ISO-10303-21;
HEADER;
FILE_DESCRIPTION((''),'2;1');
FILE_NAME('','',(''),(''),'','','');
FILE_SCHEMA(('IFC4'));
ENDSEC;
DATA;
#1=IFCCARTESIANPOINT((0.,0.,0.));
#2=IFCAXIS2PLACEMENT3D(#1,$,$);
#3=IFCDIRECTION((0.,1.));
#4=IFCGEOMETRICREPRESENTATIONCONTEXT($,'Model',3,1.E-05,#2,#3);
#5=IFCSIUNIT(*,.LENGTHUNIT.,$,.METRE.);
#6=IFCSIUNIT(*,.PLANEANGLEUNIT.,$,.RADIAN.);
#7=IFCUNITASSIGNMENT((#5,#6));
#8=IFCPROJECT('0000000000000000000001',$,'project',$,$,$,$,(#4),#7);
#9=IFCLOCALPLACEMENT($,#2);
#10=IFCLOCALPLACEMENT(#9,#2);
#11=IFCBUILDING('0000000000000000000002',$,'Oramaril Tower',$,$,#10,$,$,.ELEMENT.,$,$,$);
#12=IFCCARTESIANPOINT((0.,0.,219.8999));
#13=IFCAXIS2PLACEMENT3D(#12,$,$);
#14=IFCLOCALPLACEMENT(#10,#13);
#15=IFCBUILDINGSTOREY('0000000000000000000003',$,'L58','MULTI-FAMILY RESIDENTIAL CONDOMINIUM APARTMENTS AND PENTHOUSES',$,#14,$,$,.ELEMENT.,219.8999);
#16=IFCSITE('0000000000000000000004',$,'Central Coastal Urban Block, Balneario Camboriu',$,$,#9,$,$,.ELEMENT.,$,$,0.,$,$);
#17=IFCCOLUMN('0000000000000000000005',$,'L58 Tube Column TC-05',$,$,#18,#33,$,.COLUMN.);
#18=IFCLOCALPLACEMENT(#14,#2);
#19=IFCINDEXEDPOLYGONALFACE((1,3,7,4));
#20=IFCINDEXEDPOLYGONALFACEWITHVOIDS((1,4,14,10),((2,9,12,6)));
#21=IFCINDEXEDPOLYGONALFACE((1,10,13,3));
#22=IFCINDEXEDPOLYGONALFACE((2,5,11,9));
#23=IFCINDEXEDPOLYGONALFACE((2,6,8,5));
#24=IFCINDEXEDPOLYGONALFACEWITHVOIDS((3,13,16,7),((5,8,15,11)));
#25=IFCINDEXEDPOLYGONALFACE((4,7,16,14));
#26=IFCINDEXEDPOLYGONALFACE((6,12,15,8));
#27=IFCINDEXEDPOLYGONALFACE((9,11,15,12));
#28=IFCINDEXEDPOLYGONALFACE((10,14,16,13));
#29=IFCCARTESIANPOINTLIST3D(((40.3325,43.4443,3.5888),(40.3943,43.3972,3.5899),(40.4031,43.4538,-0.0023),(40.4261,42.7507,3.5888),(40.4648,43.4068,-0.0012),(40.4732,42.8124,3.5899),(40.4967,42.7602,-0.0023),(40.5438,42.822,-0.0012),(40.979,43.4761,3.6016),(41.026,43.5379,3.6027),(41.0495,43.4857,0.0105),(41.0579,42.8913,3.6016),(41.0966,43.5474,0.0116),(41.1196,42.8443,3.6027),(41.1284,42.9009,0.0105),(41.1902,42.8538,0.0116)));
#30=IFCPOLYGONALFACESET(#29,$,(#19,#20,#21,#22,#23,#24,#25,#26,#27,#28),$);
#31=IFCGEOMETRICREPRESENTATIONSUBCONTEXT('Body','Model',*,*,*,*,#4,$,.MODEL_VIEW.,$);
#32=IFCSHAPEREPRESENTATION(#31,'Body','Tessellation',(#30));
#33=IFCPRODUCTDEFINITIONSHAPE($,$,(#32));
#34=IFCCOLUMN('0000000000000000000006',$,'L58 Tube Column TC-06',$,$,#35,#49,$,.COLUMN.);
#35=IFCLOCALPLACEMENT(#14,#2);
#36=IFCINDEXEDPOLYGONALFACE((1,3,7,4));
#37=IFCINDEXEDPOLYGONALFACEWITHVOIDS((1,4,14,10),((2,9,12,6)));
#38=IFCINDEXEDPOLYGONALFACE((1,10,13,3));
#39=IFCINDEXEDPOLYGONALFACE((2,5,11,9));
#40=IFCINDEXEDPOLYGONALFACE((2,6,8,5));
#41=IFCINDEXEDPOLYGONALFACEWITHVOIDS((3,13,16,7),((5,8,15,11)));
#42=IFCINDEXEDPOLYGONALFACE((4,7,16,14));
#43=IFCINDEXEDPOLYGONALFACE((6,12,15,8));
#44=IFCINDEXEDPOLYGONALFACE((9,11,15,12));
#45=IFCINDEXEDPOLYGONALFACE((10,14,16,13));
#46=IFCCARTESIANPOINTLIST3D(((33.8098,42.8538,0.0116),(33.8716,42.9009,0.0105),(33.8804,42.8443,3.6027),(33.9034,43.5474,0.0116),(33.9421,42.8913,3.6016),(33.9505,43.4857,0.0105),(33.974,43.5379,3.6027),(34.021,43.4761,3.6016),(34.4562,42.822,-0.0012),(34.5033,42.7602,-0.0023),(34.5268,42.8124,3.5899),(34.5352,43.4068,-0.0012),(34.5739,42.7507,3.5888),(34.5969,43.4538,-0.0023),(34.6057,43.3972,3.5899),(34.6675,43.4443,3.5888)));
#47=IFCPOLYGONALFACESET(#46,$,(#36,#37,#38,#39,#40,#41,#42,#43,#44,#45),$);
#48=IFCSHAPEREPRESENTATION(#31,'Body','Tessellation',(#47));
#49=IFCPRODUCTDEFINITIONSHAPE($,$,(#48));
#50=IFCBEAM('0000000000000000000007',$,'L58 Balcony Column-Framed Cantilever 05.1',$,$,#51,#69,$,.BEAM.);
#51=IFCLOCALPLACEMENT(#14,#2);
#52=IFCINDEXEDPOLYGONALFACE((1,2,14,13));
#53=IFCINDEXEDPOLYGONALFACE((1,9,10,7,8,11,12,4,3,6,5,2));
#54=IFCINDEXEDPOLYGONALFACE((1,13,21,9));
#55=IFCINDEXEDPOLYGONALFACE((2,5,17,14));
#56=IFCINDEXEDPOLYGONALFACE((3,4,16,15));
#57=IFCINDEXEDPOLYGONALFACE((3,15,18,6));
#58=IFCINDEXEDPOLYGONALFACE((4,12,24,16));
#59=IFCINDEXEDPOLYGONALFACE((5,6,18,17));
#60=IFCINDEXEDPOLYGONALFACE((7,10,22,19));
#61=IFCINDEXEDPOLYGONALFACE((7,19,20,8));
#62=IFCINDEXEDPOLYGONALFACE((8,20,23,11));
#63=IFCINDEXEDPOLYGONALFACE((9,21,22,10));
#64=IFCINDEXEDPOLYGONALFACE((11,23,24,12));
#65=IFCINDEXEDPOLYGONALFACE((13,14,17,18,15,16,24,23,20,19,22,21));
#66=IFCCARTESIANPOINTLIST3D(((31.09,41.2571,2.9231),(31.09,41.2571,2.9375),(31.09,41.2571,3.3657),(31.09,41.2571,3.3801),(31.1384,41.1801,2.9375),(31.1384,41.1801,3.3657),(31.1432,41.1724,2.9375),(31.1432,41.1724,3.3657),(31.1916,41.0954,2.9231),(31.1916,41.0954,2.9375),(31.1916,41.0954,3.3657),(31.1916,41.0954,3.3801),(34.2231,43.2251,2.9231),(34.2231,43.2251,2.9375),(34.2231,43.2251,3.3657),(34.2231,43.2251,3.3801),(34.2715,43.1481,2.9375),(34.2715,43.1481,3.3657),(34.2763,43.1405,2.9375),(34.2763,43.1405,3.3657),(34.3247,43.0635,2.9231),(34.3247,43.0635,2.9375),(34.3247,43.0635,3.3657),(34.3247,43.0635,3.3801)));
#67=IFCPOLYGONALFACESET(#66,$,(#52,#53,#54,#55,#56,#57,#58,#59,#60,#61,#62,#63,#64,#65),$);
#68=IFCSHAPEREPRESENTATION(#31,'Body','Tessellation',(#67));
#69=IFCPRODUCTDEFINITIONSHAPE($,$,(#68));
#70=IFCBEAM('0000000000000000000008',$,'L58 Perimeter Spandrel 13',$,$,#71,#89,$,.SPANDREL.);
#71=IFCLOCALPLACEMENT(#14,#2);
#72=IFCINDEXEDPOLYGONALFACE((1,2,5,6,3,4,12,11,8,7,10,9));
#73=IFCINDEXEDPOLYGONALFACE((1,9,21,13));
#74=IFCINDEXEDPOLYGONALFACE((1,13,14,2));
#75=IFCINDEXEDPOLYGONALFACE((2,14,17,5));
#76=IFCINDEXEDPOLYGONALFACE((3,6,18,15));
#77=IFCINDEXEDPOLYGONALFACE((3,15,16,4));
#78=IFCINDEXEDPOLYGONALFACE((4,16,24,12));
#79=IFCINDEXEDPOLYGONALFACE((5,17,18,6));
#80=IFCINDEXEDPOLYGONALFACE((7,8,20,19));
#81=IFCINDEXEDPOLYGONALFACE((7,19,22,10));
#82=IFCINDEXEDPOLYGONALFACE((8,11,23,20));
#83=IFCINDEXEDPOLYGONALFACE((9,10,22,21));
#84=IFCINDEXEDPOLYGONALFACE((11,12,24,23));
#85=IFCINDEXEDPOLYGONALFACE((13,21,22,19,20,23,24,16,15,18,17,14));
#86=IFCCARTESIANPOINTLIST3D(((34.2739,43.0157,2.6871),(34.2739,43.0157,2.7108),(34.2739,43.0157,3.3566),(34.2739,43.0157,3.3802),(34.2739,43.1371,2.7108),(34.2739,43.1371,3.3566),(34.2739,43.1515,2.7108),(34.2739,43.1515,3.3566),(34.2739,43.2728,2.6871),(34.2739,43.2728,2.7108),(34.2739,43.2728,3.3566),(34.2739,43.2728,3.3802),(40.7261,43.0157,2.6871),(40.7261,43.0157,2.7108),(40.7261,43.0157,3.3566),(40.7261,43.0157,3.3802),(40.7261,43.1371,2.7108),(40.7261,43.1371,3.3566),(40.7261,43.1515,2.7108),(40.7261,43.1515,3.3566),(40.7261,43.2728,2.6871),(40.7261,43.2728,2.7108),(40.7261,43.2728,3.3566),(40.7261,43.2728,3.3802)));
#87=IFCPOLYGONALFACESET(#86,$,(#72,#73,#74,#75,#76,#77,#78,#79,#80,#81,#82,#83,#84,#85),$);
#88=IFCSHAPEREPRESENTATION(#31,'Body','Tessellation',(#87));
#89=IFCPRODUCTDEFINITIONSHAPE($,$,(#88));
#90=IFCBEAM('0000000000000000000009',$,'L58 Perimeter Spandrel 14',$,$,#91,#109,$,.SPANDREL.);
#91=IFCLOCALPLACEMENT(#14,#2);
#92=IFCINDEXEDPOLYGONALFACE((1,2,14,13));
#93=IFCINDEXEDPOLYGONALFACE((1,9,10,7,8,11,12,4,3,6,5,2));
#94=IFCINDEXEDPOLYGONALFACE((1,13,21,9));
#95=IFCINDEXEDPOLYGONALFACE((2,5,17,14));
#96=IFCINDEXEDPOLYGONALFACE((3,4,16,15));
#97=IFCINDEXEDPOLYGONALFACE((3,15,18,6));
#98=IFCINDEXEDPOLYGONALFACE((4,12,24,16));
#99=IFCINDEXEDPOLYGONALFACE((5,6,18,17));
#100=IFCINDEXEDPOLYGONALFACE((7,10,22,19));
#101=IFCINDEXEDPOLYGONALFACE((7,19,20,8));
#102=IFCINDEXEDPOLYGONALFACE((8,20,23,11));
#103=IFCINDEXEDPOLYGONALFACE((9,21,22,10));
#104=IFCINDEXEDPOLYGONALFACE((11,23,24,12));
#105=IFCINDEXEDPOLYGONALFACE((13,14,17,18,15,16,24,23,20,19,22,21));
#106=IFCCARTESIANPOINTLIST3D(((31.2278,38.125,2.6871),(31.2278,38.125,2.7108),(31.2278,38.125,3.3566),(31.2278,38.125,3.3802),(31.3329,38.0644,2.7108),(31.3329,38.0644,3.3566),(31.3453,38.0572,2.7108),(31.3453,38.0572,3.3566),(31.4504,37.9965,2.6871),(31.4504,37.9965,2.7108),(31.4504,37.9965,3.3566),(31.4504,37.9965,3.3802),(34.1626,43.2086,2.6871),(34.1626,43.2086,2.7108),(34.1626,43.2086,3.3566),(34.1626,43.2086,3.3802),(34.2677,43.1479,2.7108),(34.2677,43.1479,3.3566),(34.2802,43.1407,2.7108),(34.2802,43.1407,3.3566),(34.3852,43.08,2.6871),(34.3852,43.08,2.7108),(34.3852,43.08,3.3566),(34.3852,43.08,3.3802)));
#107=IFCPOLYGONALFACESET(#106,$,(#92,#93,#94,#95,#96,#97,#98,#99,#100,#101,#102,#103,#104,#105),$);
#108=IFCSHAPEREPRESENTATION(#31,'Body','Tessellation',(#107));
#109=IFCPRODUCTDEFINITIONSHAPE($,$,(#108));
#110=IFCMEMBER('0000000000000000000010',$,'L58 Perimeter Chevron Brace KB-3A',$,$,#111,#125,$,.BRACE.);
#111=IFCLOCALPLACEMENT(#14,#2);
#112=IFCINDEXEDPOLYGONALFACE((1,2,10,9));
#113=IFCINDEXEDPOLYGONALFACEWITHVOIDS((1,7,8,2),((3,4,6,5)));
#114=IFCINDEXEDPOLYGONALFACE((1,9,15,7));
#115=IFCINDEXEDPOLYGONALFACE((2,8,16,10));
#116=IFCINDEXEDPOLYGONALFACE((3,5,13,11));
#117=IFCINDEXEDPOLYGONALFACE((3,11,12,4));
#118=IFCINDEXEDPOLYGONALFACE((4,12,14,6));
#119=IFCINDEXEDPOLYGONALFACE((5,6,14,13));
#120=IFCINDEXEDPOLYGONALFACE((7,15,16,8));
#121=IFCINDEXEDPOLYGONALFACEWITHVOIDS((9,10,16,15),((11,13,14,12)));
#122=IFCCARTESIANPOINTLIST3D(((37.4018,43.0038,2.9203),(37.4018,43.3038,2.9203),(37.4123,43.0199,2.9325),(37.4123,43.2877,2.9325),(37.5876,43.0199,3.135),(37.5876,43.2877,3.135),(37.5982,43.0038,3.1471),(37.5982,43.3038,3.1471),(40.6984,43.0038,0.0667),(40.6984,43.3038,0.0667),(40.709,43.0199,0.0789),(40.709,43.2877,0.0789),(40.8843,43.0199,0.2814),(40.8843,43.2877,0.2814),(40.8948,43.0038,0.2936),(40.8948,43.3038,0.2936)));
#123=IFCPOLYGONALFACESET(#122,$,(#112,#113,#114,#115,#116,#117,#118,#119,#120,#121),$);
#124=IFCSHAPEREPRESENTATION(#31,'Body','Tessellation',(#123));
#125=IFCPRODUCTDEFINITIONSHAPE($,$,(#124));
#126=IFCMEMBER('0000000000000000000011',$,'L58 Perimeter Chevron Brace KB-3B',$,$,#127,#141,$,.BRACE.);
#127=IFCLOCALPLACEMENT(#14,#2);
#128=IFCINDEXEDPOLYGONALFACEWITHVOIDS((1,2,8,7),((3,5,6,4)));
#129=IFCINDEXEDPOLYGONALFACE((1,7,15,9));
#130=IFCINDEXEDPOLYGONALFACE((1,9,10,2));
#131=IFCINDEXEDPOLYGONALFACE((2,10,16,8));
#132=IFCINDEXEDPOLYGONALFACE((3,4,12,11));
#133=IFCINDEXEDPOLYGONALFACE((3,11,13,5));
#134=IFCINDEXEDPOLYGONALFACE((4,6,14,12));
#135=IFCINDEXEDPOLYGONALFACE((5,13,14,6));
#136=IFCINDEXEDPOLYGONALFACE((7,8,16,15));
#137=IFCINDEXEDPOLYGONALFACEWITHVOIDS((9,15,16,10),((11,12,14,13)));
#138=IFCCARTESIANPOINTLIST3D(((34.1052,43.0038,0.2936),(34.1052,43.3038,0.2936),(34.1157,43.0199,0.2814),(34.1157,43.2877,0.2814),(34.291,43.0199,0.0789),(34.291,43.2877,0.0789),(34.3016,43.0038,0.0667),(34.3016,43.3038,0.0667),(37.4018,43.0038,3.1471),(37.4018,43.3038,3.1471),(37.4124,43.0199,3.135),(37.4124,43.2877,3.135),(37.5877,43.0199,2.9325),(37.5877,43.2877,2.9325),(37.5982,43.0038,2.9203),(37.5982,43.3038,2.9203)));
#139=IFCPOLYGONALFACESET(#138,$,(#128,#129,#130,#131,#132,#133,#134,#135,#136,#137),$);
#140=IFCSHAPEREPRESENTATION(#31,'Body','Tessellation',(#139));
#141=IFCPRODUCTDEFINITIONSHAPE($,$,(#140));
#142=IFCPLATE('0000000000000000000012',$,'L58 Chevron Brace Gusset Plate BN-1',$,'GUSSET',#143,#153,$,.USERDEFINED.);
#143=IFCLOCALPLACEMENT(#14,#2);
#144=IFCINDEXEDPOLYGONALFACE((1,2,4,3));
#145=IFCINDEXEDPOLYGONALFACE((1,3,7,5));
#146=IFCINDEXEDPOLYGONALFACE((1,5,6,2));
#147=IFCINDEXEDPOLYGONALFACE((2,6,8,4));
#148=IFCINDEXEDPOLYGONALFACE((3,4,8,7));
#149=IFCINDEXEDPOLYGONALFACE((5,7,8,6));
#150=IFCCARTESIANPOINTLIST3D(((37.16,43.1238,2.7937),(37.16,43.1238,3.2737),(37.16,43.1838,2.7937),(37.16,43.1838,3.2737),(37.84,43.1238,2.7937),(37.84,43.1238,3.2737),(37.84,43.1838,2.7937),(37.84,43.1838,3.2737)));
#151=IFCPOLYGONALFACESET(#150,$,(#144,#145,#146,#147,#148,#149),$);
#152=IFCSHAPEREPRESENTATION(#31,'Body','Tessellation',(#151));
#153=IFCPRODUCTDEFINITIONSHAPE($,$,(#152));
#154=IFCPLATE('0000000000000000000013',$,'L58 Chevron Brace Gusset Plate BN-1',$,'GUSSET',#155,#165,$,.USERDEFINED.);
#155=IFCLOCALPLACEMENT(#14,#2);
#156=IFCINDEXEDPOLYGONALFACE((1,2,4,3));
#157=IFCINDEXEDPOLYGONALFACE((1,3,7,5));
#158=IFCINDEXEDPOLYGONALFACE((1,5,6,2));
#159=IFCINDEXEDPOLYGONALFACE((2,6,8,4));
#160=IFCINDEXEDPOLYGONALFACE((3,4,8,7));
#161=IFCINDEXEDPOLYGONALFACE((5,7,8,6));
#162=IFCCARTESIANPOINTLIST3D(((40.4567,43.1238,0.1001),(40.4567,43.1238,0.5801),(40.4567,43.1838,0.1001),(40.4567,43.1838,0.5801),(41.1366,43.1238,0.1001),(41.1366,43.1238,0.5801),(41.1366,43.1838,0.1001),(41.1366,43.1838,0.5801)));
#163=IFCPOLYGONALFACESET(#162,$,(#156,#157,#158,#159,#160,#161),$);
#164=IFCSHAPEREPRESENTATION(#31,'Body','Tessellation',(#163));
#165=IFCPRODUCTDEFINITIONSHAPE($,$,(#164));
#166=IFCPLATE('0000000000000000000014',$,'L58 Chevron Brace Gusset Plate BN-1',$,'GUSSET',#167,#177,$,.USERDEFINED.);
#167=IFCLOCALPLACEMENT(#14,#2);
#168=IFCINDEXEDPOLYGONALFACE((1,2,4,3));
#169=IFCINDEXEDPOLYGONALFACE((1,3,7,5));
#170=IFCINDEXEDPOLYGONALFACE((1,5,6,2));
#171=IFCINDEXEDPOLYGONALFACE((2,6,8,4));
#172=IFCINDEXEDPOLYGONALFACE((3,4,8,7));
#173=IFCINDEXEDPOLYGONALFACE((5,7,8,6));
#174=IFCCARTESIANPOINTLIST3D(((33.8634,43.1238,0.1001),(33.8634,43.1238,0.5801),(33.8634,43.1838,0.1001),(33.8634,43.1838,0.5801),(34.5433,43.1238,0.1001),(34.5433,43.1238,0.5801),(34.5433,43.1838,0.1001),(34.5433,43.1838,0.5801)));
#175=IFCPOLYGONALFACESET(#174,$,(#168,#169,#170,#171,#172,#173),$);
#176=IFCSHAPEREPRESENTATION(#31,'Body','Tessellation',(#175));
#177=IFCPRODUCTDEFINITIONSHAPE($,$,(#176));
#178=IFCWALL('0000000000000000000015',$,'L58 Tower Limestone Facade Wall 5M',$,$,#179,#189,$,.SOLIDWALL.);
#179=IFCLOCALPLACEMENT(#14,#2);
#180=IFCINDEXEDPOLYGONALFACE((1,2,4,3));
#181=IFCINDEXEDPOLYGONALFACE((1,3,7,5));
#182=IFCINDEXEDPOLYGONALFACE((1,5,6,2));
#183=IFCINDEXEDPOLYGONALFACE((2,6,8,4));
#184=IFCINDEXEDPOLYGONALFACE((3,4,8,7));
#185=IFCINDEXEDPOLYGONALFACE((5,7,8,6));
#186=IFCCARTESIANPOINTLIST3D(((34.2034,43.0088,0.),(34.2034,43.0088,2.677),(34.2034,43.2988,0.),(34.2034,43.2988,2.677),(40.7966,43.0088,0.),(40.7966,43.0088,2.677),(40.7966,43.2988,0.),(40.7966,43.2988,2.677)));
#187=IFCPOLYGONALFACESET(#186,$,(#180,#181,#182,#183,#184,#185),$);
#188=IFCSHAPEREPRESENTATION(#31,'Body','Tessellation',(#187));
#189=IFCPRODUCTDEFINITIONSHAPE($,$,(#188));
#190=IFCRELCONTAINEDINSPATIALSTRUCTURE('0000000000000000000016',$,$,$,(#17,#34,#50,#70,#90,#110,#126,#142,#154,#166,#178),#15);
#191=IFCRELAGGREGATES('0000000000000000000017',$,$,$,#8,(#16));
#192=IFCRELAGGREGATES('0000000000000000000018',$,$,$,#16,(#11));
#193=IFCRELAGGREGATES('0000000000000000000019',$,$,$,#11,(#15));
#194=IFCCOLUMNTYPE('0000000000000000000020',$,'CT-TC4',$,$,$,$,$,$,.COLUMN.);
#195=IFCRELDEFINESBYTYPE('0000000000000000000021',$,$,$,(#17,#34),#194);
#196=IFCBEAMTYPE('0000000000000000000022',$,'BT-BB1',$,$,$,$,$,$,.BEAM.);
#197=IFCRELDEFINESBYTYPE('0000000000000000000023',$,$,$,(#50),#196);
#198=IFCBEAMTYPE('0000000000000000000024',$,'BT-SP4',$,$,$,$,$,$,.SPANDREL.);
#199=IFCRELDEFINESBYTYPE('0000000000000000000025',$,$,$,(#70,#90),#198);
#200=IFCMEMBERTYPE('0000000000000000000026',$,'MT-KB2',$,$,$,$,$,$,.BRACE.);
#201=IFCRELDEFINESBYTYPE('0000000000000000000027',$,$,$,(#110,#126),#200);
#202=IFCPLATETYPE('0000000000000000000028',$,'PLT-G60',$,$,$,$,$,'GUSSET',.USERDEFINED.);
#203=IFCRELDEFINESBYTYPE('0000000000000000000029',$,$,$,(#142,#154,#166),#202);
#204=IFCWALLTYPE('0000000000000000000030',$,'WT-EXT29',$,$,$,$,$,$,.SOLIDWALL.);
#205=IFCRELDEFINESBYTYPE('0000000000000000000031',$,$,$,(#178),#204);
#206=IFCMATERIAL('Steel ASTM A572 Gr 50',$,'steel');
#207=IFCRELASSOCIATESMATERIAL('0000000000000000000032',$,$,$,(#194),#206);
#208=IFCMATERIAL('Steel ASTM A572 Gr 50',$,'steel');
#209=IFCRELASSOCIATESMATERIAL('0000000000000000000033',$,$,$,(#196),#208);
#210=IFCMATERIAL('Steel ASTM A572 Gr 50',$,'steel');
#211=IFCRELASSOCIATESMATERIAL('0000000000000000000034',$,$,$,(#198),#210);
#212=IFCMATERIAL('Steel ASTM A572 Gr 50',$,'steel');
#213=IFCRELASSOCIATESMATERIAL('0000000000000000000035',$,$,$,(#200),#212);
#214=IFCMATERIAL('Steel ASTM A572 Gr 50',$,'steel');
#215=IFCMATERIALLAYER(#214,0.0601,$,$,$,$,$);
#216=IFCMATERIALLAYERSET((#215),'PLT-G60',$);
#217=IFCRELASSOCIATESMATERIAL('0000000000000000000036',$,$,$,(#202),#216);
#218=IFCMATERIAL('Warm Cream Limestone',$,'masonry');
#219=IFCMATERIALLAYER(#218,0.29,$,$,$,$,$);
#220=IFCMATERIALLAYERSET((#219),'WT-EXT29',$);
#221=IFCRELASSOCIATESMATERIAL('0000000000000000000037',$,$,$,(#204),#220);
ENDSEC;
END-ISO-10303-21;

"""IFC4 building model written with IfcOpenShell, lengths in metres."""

from ifc_helpers import new_model, si_unit, direction, frame, frame_2d, origin, origin_2d, place, context, subcontext, project, spatial, rectangle, hollow_rectangle, i_section, extrude, material, layer, layer_set, material_profile, profile_set, type_object, element, save


model = new_model("IFC4")

# Units and contexts
model_context = context("Model", 3, precision=1e-05, world=origin(), true_north=direction((0.0, 1.0)))
body_context = subcontext(model_context, "Body", "Model", "MODEL_VIEW")
ifc_project = project(units=[si_unit("LENGTHUNIT", "METRE"), si_unit("PLANEANGLEUNIT", "RADIAN")], contexts=[model_context])

# Site, building, storey
site_placement = place(None, origin())
site = spatial("IfcSite", under=ifc_project, at=site_placement, Name="Central Coastal Urban Block, Balneario Camboriu", CompositionType="ELEMENT", RefElevation=0.0)
building_placement = place(site_placement, origin())
building = spatial("IfcBuilding", under=site, at=building_placement, Name="Oramaril Tower", CompositionType="ELEMENT")
storey_placement = place(building_placement, frame((0.0, 0.0, 219.8999)))
storey = spatial("IfcBuildingStorey", under=building, at=storey_placement, Name="L58", Description="MULTI-FAMILY RESIDENTIAL CONDOMINIUM APARTMENTS AND PENTHOUSES", CompositionType="ELEMENT", Elevation=219.8999)

# Columns
ifc_material_1 = material(Name="Steel ASTM A572 Gr 50", Category="steel")
ifc_material_profile_1 = material_profile(ifc_material_1, hollow_rectangle(XDim=0.7, YDim=0.7, WallThickness=0.0549, at=origin_2d()), Name="BOX700X700X55")
ifc_profile_set_1 = profile_set([ifc_material_profile_1], Name="Steel ASTM A572 Gr 50")
column_type = type_object("IfcColumnType", Name="CT-TC4", PredefinedType="COLUMN", material=ifc_profile_set_1)
for number, where, z_axis, x_axis, name in (
    (1, (40.7966, 43.1538, 0.0046), (-0.019644, -0.002651, 0.999804), (0.133736, -0.991017, 0.0), "L58 Tube Column TC-05"),
    (2, (34.2034, 43.1538, 0.0046), (0.019644, -0.002651, 0.999804), (0.133736, 0.991017, 0.0), "L58 Tube Column TC-06"),
):
    element("IfcColumn", number, at=place(storey_placement, frame(where, z_axis=z_axis, x_axis=x_axis)), inside=storey, type_object=column_type, Name=name, PredefinedType="COLUMN", context=body_context, shape_type="SweptSolid", body=[
        extrude(hollow_rectangle(XDim=0.7, YDim=0.7, WallThickness=0.0549, at=origin_2d()), origin(), (0.0, 0.0, 1.0), 3.5918),
    ])

# Beams
ifc_material_2 = material(Name="Steel ASTM A572 Gr 50", Category="steel")
ifc_material_profile_2 = material_profile(ifc_material_2, i_section(OverallWidth=0.1909, OverallDepth=0.457, WebThickness=0.009, FlangeThickness=0.0144, at=origin_2d()), Name="W18X50")
ifc_profile_set_2 = profile_set([ifc_material_profile_2], Name="Steel ASTM A572 Gr 50")
beam_type_1 = type_object("IfcBeamType", Name="BT-BB1", PredefinedType="BEAM", material=ifc_profile_set_2)
beam_1_placement = place(storey_placement, frame((34.2739, 43.1443, 3.1516), z_axis=(-0.846799, -0.531913, 0.0), x_axis=(0.531913, -0.846799, 0.0)))
element("IfcBeam", 3, at=beam_1_placement, inside=storey, type_object=beam_type_1, Name="L58 Balcony Column-Framed Cantilever 05.1", PredefinedType="BEAM", context=body_context, shape_type="SweptSolid", body=[
    extrude(i_section(OverallWidth=0.1909, OverallDepth=0.457, WebThickness=0.009, FlangeThickness=0.0144, at=origin_2d()), origin(), (0.0, 0.0, 1.0), 3.7),
])
ifc_material_3 = material(Name="Steel ASTM A572 Gr 50", Category="steel")
ifc_material_profile_3 = material_profile(ifc_material_3, i_section(OverallWidth=0.2571, OverallDepth=0.6931, WebThickness=0.0144, FlangeThickness=0.0237, at=origin_2d()), Name="W27X114")
ifc_profile_set_3 = profile_set([ifc_material_profile_3], Name="Steel ASTM A572 Gr 50")
beam_type_2 = type_object("IfcBeamType", Name="BT-SP4", PredefinedType="SPANDREL", material=ifc_profile_set_3)
beam_2_placement = place(storey_placement, frame((40.7261, 43.1443, 3.0337), z_axis=(-1.0, 0.0, 0.0), x_axis=(0.0, -1.0, 0.0)))
element("IfcBeam", 4, at=beam_2_placement, inside=storey, type_object=beam_type_2, Name="L58 Perimeter Spandrel 13", PredefinedType="SPANDREL", context=body_context, shape_type="SweptSolid", body=[
    extrude(i_section(OverallWidth=0.2571, OverallDepth=0.6931, WebThickness=0.0144, FlangeThickness=0.0237, at=origin_2d()), origin(), (0.0, 0.0, 1.0), 6.4521),
])
beam_3_placement = place(storey_placement, frame((34.2739, 43.1443, 3.0337), z_axis=(-0.499982, -0.866036, 0.0), x_axis=(0.866036, -0.499982, 0.0)))
element("IfcBeam", 5, at=beam_3_placement, inside=storey, type_object=beam_type_2, Name="L58 Perimeter Spandrel 14", PredefinedType="SPANDREL", context=body_context, shape_type="SweptSolid", body=[
    extrude(i_section(OverallWidth=0.2571, OverallDepth=0.6931, WebThickness=0.0144, FlangeThickness=0.0237, at=origin_2d()), origin(), (0.0, 0.0, 1.0), 5.8699),
])

# Members
ifc_material_4 = material(Name="Steel ASTM A572 Gr 50", Category="steel")
ifc_material_profile_4 = material_profile(ifc_material_4, hollow_rectangle(XDim=0.3, YDim=0.3, WallThickness=0.0161, at=origin_2d()), Name="HSS300X300X16")
ifc_profile_set_4 = profile_set([ifc_material_profile_4], Name="Steel ASTM A572 Gr 50")
member_type = type_object("IfcMemberType", Name="MT-KB2", PredefinedType="BRACE", material=ifc_profile_set_4)
for number, where, z_axis, x_axis, name in (
    (6, (40.7966, 43.1538, 0.1802), (-0.756094, 0.0, 0.654464), (0.0, -1.0, 0.0), "L58 Perimeter Chevron Brace KB-3A"),
    (7, (34.2034, 43.1538, 0.1802), (0.756094, 0.0, 0.654464), (0.0, 1.0, 0.0), "L58 Perimeter Chevron Brace KB-3B"),
):
    element("IfcMember", number, at=place(storey_placement, frame(where, z_axis=z_axis, x_axis=x_axis)), inside=storey, type_object=member_type, Name=name, PredefinedType="BRACE", context=body_context, shape_type="SweptSolid", body=[
        extrude(hollow_rectangle(XDim=0.3, YDim=0.3, WallThickness=0.0161, at=origin_2d()), origin(), (0.0, 0.0, 1.0), 4.3601),
    ])

# Plates
ifc_material_5 = material(Name="Steel ASTM A572 Gr 50", Category="steel")
ifc_layer_1 = layer(ifc_material_5, 0.0601)
ifc_layer_set_1 = layer_set([ifc_layer_1], Name="PLT-G60")
plate_type = type_object("IfcPlateType", Name="PLT-G60", ElementType="GUSSET", PredefinedType="USERDEFINED", material=ifc_layer_set_1)
for number, where, z_axis, x_axis, name in (
    (8, (37.5, 43.1538, 2.7937), (0.0, 0.0, 1.0), (-1.0, 0.0, 0.0), "L58 Chevron Brace Gusset Plate BN-1"),
    (9, (40.7966, 43.1538, 0.1001), (0.0, 0.0, 1.0), (-1.0, 0.0, 0.0), "L58 Chevron Brace Gusset Plate BN-1"),
    (10, (34.2034, 43.1538, 0.1001), (0.0, 0.0, 1.0), (-1.0, 0.0, 0.0), "L58 Chevron Brace Gusset Plate BN-1"),
):
    element("IfcPlate", number, at=place(storey_placement, frame(where, z_axis=z_axis, x_axis=x_axis)), inside=storey, type_object=plate_type, Name=name, ObjectType="GUSSET", PredefinedType="USERDEFINED", context=body_context, shape_type="SweptSolid", body=[
        extrude(rectangle(XDim=0.6799, YDim=0.0601, at=origin_2d()), origin(), (0.0, 0.0, 1.0), 0.48),
    ])

# Wall
ifc_material_6 = material(Name="Warm Cream Limestone", Category="masonry")
ifc_layer_2 = layer(ifc_material_6, 0.29)
ifc_layer_set_2 = layer_set([ifc_layer_2], Name="WT-EXT29")
wall_type_1 = type_object("IfcWallType", Name="WT-EXT29", PredefinedType="SOLIDWALL", material=ifc_layer_set_2)
wall_1_placement = place(storey_placement, frame((40.7966, 43.1538, 0.0), z_axis=(0.0, 0.0, 1.0), x_axis=(-1.0, 0.0, 0.0)))
element("IfcWall", 11, at=wall_1_placement, inside=storey, type_object=wall_type_1, Name="L58 Tower Limestone Facade Wall 5M", PredefinedType="SOLIDWALL", context=body_context, shape_type="SweptSolid", body=[
    extrude(rectangle(XDim=6.5933, YDim=0.29, at=frame_2d((3.2966, 0.0))), origin(), (0.0, 0.0, 1.0), 2.677),
])

save(model, "model.ifc")
